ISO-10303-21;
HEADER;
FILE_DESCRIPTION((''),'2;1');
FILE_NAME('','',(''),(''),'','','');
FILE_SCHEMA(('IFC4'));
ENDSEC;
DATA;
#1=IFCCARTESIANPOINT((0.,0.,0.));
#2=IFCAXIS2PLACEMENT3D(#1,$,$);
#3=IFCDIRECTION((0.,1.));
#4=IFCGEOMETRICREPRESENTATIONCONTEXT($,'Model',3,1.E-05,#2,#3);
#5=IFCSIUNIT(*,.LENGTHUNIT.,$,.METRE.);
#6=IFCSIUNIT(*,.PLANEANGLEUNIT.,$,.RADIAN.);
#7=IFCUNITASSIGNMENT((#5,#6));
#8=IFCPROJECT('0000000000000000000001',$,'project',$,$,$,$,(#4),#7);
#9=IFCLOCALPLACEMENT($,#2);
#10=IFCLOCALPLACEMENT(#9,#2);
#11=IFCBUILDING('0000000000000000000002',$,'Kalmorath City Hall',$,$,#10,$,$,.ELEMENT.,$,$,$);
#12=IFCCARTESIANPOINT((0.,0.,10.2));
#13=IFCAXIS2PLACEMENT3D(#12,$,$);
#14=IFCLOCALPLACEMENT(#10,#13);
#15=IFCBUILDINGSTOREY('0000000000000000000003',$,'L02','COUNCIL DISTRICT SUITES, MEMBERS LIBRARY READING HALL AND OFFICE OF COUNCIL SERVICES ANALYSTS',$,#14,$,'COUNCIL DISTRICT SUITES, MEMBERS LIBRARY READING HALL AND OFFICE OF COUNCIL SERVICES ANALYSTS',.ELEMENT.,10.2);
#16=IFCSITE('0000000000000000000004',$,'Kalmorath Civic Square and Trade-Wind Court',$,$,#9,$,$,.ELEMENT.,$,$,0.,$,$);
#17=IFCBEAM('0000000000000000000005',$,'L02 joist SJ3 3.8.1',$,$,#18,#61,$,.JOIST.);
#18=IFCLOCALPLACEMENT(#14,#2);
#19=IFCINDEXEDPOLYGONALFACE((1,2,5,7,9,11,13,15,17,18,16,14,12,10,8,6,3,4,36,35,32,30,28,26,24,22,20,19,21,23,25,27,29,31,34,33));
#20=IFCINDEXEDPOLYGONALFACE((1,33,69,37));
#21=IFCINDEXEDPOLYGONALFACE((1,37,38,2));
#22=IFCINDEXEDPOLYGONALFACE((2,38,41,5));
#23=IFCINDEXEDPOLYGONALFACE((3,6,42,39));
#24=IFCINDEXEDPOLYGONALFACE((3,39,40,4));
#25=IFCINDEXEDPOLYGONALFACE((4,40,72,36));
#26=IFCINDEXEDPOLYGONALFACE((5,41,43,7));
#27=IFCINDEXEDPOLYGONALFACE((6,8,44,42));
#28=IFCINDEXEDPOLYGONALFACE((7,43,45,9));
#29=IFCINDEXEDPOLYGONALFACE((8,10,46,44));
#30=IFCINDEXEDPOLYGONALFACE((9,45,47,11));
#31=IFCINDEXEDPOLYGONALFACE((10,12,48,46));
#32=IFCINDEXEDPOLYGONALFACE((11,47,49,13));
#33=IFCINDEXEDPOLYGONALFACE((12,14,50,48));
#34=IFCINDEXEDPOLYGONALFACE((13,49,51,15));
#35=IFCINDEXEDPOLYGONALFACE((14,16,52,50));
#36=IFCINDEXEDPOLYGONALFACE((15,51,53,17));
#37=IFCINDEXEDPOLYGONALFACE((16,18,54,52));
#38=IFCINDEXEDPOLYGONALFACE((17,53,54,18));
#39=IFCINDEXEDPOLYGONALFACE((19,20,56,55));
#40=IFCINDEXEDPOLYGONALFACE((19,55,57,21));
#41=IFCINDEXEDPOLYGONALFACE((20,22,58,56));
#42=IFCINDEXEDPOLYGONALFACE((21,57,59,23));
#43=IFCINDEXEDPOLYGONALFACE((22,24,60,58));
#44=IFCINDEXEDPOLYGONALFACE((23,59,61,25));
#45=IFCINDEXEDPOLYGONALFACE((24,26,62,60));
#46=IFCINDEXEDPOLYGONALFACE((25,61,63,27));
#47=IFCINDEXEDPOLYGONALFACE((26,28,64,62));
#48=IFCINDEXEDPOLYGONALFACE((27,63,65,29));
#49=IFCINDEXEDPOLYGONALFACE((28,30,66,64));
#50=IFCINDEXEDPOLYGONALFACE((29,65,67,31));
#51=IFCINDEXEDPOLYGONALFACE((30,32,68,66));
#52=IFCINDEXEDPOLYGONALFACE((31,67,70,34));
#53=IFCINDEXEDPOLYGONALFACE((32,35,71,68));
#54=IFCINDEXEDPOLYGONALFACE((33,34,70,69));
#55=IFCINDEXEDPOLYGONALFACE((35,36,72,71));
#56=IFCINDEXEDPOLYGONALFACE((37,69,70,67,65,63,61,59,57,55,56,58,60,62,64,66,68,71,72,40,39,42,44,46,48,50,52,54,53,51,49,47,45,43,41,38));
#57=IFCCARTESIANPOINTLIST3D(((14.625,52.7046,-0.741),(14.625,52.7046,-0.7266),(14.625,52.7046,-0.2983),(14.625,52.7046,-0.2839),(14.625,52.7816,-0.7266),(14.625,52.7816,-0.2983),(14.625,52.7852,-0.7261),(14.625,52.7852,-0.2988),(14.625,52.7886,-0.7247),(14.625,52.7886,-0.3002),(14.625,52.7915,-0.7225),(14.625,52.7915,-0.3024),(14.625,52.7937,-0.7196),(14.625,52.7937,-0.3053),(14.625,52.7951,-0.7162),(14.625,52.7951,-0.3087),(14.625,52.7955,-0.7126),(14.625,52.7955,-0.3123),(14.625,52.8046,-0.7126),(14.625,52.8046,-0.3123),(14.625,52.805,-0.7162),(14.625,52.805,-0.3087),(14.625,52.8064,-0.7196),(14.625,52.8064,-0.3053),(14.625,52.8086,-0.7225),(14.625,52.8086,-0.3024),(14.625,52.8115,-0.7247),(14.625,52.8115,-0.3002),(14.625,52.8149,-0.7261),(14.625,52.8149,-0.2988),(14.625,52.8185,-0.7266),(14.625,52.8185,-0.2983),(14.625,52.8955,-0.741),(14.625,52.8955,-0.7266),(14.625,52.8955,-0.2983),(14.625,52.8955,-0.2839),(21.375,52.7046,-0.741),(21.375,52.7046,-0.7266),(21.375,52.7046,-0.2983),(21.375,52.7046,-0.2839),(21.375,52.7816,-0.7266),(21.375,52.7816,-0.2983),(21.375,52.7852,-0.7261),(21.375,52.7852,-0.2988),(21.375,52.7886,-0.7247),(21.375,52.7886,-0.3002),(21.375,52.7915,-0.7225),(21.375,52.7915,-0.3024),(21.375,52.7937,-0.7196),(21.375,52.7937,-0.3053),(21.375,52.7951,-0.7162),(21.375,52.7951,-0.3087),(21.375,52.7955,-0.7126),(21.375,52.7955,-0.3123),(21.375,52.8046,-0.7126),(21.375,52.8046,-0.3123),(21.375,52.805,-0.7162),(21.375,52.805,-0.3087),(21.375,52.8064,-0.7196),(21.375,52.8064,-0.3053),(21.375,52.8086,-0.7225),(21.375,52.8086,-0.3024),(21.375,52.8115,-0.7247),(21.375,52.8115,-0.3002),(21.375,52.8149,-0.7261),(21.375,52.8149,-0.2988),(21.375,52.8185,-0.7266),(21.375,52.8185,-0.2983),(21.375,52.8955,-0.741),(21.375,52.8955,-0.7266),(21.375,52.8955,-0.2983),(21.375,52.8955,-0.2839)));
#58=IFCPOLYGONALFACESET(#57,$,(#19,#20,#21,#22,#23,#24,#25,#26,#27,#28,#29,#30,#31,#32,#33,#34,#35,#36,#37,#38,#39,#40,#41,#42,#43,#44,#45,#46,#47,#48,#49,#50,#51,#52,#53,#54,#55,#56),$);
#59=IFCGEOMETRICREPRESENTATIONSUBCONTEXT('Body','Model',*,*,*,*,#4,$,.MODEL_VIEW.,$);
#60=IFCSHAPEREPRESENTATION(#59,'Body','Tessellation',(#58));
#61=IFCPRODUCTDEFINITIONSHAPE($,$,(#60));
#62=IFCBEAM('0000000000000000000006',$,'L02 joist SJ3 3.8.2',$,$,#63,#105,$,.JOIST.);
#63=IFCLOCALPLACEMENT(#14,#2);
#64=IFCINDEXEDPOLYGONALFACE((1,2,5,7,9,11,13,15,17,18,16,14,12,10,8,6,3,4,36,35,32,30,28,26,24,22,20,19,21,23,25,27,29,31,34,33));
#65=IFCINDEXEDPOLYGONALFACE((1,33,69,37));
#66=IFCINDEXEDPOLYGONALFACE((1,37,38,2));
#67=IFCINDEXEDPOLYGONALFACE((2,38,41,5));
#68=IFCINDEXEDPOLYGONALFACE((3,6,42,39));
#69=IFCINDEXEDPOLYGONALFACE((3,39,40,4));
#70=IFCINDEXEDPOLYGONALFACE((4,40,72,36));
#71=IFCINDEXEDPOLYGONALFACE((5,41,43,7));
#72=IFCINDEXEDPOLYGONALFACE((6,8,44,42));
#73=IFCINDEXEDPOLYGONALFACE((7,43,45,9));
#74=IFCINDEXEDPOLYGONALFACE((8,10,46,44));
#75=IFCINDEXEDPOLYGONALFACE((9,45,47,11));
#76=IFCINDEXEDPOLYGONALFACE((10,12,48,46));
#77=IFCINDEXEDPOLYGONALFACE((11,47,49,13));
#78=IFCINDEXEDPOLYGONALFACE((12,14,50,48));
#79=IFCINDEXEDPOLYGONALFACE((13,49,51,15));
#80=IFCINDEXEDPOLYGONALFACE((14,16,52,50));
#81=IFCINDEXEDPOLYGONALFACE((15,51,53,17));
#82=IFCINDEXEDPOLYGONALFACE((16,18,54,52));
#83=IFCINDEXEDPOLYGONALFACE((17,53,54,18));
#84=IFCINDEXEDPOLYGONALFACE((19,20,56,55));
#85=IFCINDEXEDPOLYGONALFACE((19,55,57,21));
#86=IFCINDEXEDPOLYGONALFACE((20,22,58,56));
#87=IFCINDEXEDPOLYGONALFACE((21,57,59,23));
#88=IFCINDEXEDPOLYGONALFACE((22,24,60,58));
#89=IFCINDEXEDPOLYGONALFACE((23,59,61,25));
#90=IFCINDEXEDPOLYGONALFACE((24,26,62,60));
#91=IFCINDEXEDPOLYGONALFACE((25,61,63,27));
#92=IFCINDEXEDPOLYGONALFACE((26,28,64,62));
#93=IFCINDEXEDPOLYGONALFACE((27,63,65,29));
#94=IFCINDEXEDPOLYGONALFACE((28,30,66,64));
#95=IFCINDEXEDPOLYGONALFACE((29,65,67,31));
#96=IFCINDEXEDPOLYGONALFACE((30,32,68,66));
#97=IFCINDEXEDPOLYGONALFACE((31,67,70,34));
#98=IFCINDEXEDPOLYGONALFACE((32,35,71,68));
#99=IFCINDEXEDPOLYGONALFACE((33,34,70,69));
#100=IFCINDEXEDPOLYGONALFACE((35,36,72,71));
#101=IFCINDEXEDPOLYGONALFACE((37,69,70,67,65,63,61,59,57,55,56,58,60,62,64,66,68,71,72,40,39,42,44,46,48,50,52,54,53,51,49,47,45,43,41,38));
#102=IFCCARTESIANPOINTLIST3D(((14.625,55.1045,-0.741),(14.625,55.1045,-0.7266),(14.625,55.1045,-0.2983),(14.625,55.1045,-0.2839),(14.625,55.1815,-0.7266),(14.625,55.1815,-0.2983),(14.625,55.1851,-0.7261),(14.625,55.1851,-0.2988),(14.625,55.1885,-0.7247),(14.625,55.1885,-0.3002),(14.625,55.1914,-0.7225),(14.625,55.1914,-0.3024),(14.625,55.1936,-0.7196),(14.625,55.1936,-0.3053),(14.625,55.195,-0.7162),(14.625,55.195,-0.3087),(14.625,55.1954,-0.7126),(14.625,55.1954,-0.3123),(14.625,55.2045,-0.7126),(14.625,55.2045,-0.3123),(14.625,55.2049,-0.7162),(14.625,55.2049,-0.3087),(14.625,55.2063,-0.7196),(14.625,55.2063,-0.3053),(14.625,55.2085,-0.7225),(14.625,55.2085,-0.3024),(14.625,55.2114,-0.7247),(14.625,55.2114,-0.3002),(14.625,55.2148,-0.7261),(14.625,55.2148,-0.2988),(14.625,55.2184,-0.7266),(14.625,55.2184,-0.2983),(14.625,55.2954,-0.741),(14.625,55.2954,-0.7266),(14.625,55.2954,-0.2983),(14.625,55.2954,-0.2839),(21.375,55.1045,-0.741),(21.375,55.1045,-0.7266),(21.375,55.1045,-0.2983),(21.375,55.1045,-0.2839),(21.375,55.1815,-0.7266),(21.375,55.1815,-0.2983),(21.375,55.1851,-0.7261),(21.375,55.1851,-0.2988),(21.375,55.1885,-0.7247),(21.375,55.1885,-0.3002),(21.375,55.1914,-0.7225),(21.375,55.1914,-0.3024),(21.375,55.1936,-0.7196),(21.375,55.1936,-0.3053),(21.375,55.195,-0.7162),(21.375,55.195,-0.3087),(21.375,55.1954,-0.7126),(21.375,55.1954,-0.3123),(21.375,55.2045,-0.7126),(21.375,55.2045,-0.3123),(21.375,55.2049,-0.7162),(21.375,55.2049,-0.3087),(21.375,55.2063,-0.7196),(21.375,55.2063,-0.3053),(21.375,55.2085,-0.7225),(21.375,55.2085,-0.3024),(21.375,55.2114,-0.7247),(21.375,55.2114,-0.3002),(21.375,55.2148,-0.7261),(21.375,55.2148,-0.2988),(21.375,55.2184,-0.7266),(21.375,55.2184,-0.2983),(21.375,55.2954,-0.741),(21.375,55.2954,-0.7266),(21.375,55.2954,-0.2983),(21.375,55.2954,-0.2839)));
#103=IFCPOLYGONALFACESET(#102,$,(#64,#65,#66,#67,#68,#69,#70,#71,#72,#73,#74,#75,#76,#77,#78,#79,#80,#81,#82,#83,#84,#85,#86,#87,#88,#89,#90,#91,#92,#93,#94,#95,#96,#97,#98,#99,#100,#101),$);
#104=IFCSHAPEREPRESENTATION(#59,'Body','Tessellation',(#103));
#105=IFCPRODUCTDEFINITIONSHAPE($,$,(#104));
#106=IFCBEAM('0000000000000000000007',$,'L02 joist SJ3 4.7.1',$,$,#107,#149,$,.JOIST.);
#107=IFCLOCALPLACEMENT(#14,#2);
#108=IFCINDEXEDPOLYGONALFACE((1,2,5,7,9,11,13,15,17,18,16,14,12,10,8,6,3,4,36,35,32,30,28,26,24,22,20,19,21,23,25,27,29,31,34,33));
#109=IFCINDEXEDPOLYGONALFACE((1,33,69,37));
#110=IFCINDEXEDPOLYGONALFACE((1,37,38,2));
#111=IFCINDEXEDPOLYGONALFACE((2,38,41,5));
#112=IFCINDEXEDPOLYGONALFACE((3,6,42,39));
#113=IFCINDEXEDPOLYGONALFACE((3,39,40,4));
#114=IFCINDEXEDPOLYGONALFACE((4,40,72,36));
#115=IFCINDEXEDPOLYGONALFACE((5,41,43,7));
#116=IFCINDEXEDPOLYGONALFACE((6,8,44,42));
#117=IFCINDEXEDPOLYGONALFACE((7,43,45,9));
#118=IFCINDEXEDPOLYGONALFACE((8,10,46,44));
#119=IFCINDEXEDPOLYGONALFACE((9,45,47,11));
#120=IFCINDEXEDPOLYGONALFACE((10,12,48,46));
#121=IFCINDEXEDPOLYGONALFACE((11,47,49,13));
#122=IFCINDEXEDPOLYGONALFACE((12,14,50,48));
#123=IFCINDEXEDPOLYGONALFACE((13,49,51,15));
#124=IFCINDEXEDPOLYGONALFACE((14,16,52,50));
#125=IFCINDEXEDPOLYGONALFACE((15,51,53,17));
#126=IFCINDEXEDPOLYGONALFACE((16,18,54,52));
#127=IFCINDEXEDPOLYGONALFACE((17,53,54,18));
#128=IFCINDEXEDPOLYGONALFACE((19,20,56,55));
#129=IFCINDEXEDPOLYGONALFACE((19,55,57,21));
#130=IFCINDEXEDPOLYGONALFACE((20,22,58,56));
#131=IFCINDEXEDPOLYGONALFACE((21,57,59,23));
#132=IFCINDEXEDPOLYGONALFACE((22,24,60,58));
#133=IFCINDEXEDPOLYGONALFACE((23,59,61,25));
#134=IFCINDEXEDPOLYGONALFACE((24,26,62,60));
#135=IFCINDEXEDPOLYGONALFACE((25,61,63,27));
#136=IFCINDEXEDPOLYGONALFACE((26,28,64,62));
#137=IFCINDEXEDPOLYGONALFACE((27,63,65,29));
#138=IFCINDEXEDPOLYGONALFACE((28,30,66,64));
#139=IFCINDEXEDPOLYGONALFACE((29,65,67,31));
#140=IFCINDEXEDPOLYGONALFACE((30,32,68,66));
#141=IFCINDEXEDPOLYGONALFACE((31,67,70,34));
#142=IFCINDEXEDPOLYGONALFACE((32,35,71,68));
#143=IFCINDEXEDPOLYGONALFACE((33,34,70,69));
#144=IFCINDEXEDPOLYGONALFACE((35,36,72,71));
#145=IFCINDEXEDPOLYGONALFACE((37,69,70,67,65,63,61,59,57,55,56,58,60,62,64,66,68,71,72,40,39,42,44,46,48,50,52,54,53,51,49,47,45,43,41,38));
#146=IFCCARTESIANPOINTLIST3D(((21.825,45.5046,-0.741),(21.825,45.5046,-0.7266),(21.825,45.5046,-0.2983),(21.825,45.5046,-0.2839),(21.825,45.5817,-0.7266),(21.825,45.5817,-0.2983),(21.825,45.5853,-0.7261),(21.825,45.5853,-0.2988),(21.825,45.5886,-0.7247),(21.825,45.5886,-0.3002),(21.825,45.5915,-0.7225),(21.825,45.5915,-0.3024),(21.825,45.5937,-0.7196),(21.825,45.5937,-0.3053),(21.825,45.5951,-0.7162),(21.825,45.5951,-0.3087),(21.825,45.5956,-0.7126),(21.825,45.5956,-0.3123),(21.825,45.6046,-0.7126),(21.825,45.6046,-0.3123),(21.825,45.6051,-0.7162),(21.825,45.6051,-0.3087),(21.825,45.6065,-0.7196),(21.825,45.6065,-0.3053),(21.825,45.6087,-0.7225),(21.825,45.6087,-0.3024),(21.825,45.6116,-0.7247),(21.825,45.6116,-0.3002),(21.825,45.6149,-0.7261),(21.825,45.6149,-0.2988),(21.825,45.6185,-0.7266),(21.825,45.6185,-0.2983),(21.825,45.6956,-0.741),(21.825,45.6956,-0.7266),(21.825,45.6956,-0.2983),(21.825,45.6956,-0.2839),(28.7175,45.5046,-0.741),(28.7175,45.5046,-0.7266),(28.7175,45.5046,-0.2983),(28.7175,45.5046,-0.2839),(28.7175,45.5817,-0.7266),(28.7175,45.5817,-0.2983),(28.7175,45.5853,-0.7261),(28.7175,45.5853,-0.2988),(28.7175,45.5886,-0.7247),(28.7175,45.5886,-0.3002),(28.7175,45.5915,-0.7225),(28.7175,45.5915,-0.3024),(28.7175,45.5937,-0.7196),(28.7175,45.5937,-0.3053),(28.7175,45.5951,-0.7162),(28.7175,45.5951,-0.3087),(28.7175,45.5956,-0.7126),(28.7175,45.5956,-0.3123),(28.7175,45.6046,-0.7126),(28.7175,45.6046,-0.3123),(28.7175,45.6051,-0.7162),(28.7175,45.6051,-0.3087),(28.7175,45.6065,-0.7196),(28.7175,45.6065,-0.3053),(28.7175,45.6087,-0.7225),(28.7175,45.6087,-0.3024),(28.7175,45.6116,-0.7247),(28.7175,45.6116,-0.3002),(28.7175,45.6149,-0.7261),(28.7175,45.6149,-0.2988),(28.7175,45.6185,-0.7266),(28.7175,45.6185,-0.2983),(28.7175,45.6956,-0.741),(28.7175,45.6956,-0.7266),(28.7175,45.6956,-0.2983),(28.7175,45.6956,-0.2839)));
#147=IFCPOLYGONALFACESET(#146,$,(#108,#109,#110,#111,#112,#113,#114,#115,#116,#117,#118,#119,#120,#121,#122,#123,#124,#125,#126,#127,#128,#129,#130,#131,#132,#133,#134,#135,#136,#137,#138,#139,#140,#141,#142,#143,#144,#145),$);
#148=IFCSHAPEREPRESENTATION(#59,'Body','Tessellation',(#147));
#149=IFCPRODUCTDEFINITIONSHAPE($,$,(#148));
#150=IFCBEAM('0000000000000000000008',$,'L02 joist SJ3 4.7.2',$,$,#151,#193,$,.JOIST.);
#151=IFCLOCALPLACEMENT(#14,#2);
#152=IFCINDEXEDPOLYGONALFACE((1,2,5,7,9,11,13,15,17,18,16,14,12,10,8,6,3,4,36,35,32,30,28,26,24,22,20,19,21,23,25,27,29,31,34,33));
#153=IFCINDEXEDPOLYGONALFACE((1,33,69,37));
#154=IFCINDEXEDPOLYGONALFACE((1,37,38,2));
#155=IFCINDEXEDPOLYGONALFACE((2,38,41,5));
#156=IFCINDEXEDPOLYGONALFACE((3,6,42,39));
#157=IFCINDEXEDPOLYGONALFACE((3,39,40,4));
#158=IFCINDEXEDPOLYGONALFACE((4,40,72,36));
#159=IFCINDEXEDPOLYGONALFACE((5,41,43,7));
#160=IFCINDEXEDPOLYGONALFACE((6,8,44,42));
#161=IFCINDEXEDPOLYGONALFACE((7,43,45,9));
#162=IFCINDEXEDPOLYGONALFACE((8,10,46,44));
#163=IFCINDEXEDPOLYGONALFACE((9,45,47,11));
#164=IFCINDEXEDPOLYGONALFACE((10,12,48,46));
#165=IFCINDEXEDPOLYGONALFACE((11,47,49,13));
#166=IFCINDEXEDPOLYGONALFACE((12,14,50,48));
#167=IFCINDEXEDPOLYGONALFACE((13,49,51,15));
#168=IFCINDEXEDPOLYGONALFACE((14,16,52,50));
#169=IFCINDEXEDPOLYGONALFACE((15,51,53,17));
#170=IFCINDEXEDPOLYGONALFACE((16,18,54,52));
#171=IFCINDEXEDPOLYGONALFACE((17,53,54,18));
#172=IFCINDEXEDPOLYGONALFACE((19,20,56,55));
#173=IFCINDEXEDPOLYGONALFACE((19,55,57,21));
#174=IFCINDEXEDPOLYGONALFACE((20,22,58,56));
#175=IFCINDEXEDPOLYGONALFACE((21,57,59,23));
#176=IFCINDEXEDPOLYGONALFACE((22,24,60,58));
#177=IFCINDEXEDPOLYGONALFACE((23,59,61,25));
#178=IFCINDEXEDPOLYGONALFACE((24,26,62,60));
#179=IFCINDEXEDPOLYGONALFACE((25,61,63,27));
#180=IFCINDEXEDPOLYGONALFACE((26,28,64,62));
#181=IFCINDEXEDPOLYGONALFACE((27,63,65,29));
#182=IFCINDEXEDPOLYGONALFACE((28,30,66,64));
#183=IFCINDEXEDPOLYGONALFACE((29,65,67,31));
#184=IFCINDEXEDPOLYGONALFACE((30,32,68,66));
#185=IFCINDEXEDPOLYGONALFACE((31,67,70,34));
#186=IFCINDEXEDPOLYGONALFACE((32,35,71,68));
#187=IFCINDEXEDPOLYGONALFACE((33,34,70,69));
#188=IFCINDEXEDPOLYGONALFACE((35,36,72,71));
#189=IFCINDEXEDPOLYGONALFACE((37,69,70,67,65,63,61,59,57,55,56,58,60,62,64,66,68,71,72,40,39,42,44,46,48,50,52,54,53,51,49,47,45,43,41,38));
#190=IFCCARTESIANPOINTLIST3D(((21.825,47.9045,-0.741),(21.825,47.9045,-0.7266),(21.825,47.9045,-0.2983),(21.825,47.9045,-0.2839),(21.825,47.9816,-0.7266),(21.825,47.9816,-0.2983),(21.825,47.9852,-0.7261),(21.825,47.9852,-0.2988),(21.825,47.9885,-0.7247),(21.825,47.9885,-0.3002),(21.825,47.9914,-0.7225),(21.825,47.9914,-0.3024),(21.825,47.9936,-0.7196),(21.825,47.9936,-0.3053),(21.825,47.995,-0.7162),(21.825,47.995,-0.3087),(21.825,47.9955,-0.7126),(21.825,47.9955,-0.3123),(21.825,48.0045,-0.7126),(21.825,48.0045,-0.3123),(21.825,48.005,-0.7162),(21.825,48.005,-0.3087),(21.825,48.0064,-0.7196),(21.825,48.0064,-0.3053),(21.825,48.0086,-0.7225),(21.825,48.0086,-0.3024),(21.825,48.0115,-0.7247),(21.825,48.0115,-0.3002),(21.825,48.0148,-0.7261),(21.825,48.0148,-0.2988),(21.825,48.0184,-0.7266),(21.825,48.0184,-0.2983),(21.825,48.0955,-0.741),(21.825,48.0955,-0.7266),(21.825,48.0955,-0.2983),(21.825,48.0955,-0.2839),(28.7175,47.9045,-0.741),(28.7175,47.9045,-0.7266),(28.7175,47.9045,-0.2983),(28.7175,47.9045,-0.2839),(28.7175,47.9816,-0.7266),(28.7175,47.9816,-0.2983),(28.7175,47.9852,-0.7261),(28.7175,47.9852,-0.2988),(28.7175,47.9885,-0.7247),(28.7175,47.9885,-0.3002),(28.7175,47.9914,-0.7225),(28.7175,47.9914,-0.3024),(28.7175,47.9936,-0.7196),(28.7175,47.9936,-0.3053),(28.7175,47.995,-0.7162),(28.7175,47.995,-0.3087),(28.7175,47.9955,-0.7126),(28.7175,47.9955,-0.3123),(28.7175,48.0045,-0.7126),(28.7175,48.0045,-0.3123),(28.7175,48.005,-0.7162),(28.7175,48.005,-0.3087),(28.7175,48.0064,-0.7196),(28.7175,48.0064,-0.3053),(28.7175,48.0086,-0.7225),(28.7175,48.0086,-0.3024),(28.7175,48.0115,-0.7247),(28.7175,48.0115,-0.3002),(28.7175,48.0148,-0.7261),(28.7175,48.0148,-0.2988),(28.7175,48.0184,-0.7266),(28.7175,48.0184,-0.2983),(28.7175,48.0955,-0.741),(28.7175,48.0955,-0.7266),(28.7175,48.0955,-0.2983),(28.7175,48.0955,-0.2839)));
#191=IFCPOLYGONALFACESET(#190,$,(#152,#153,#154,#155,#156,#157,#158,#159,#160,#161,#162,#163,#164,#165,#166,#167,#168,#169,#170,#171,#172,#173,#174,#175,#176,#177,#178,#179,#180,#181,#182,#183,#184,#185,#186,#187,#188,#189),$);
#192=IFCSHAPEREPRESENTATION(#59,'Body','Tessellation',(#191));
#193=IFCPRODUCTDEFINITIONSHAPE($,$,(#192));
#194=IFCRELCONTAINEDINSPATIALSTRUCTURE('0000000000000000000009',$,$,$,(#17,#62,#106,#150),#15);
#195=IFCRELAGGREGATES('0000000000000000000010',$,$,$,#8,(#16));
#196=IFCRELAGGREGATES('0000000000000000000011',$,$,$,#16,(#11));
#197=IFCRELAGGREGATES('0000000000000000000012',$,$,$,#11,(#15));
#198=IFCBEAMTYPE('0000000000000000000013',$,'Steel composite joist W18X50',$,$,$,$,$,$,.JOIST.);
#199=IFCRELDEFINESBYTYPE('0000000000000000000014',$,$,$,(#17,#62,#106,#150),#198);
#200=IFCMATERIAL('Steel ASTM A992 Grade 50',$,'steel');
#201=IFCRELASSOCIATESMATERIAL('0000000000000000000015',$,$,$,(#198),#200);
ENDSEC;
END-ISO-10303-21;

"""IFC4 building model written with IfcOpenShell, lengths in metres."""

from ifc_helpers import new_model, si_unit, direction, frame, origin, origin_2d, place, context, subcontext, project, spatial, i_section, extrude, material, material_profile, profile_set, type_object, element, save


model = new_model("IFC4")

# Units and contexts
model_context = context("Model", 3, precision=1e-05, world=origin(), true_north=direction((0.0, 1.0)))
body_context = subcontext(model_context, "Body", "Model", "MODEL_VIEW")
ifc_project = project(units=[si_unit("LENGTHUNIT", "METRE"), si_unit("PLANEANGLEUNIT", "RADIAN")], contexts=[model_context])

# Site, building, storey
site_placement = place(None, origin())
site = spatial("IfcSite", under=ifc_project, at=site_placement, Name="Kalmorath Civic Square and Trade-Wind Court", CompositionType="ELEMENT", RefElevation=0.0)
building_placement = place(site_placement, origin())
building = spatial("IfcBuilding", under=site, at=building_placement, Name="Kalmorath City Hall", CompositionType="ELEMENT")
storey_placement = place(building_placement, frame((0.0, 0.0, 10.2)))
storey = spatial("IfcBuildingStorey", under=building, at=storey_placement, Name="L02", Description="COUNCIL DISTRICT SUITES, MEMBERS LIBRARY READING HALL AND OFFICE OF COUNCIL SERVICES ANALYSTS", LongName="COUNCIL DISTRICT SUITES, MEMBERS LIBRARY READING HALL AND OFFICE OF COUNCIL SERVICES ANALYSTS", CompositionType="ELEMENT", Elevation=10.2)

# Beams
ifc_material_1 = material(Name="Steel ASTM A992 Grade 50", Category="steel")
ifc_material_profile_1 = material_profile(ifc_material_1, i_section(OverallWidth=0.1909, OverallDepth=0.457, WebThickness=0.009, FlangeThickness=0.0144, FilletRadius=0.0139, at=origin_2d()), Name="W18X50")
ifc_profile_set_1 = profile_set([ifc_material_profile_1], Name="Steel ASTM A992 Grade 50")
beam_type_1 = type_object("IfcBeamType", Name="Steel composite joist W18X50", PredefinedType="JOIST", material=ifc_profile_set_1)
for number, where, z_axis, x_axis, name in (
    (1, (14.625, 52.8, -0.5125), (1.0, 0.0, 0.0), (0.0, 1.0, 0.0), "L02 joist SJ3 3.8.1"),
    (2, (14.625, 55.2, -0.5125), (1.0, 0.0, 0.0), (0.0, 1.0, 0.0), "L02 joist SJ3 3.8.2"),
):
    element("IfcBeam", number, at=place(storey_placement, frame(where, z_axis=z_axis, x_axis=x_axis)), inside=storey, type_object=beam_type_1, Name=name, PredefinedType="JOIST", context=body_context, shape_type="SweptSolid", body=[
        extrude(i_section(OverallWidth=0.1909, OverallDepth=0.457, WebThickness=0.009, FlangeThickness=0.0144, FilletRadius=0.0139, at=origin_2d()), origin(), (0.0, 0.0, 1.0), 6.75),
    ])
for number, where, z_axis, x_axis, name in (
    (3, (21.825, 45.6001, -0.5125), (1.0, 0.0, 0.0), (0.0, 1.0, 0.0), "L02 joist SJ3 4.7.1"),
    (4, (21.825, 48.0, -0.5125), (1.0, 0.0, 0.0), (0.0, 1.0, 0.0), "L02 joist SJ3 4.7.2"),
):
    element("IfcBeam", number, at=place(storey_placement, frame(where, z_axis=z_axis, x_axis=x_axis)), inside=storey, type_object=beam_type_1, Name=name, PredefinedType="JOIST", context=body_context, shape_type="SweptSolid", body=[
        extrude(i_section(OverallWidth=0.1909, OverallDepth=0.457, WebThickness=0.009, FlangeThickness=0.0144, FilletRadius=0.0139, at=origin_2d()), origin(), (0.0, 0.0, 1.0), 6.8926),
    ])

save(model, "model.ifc")
